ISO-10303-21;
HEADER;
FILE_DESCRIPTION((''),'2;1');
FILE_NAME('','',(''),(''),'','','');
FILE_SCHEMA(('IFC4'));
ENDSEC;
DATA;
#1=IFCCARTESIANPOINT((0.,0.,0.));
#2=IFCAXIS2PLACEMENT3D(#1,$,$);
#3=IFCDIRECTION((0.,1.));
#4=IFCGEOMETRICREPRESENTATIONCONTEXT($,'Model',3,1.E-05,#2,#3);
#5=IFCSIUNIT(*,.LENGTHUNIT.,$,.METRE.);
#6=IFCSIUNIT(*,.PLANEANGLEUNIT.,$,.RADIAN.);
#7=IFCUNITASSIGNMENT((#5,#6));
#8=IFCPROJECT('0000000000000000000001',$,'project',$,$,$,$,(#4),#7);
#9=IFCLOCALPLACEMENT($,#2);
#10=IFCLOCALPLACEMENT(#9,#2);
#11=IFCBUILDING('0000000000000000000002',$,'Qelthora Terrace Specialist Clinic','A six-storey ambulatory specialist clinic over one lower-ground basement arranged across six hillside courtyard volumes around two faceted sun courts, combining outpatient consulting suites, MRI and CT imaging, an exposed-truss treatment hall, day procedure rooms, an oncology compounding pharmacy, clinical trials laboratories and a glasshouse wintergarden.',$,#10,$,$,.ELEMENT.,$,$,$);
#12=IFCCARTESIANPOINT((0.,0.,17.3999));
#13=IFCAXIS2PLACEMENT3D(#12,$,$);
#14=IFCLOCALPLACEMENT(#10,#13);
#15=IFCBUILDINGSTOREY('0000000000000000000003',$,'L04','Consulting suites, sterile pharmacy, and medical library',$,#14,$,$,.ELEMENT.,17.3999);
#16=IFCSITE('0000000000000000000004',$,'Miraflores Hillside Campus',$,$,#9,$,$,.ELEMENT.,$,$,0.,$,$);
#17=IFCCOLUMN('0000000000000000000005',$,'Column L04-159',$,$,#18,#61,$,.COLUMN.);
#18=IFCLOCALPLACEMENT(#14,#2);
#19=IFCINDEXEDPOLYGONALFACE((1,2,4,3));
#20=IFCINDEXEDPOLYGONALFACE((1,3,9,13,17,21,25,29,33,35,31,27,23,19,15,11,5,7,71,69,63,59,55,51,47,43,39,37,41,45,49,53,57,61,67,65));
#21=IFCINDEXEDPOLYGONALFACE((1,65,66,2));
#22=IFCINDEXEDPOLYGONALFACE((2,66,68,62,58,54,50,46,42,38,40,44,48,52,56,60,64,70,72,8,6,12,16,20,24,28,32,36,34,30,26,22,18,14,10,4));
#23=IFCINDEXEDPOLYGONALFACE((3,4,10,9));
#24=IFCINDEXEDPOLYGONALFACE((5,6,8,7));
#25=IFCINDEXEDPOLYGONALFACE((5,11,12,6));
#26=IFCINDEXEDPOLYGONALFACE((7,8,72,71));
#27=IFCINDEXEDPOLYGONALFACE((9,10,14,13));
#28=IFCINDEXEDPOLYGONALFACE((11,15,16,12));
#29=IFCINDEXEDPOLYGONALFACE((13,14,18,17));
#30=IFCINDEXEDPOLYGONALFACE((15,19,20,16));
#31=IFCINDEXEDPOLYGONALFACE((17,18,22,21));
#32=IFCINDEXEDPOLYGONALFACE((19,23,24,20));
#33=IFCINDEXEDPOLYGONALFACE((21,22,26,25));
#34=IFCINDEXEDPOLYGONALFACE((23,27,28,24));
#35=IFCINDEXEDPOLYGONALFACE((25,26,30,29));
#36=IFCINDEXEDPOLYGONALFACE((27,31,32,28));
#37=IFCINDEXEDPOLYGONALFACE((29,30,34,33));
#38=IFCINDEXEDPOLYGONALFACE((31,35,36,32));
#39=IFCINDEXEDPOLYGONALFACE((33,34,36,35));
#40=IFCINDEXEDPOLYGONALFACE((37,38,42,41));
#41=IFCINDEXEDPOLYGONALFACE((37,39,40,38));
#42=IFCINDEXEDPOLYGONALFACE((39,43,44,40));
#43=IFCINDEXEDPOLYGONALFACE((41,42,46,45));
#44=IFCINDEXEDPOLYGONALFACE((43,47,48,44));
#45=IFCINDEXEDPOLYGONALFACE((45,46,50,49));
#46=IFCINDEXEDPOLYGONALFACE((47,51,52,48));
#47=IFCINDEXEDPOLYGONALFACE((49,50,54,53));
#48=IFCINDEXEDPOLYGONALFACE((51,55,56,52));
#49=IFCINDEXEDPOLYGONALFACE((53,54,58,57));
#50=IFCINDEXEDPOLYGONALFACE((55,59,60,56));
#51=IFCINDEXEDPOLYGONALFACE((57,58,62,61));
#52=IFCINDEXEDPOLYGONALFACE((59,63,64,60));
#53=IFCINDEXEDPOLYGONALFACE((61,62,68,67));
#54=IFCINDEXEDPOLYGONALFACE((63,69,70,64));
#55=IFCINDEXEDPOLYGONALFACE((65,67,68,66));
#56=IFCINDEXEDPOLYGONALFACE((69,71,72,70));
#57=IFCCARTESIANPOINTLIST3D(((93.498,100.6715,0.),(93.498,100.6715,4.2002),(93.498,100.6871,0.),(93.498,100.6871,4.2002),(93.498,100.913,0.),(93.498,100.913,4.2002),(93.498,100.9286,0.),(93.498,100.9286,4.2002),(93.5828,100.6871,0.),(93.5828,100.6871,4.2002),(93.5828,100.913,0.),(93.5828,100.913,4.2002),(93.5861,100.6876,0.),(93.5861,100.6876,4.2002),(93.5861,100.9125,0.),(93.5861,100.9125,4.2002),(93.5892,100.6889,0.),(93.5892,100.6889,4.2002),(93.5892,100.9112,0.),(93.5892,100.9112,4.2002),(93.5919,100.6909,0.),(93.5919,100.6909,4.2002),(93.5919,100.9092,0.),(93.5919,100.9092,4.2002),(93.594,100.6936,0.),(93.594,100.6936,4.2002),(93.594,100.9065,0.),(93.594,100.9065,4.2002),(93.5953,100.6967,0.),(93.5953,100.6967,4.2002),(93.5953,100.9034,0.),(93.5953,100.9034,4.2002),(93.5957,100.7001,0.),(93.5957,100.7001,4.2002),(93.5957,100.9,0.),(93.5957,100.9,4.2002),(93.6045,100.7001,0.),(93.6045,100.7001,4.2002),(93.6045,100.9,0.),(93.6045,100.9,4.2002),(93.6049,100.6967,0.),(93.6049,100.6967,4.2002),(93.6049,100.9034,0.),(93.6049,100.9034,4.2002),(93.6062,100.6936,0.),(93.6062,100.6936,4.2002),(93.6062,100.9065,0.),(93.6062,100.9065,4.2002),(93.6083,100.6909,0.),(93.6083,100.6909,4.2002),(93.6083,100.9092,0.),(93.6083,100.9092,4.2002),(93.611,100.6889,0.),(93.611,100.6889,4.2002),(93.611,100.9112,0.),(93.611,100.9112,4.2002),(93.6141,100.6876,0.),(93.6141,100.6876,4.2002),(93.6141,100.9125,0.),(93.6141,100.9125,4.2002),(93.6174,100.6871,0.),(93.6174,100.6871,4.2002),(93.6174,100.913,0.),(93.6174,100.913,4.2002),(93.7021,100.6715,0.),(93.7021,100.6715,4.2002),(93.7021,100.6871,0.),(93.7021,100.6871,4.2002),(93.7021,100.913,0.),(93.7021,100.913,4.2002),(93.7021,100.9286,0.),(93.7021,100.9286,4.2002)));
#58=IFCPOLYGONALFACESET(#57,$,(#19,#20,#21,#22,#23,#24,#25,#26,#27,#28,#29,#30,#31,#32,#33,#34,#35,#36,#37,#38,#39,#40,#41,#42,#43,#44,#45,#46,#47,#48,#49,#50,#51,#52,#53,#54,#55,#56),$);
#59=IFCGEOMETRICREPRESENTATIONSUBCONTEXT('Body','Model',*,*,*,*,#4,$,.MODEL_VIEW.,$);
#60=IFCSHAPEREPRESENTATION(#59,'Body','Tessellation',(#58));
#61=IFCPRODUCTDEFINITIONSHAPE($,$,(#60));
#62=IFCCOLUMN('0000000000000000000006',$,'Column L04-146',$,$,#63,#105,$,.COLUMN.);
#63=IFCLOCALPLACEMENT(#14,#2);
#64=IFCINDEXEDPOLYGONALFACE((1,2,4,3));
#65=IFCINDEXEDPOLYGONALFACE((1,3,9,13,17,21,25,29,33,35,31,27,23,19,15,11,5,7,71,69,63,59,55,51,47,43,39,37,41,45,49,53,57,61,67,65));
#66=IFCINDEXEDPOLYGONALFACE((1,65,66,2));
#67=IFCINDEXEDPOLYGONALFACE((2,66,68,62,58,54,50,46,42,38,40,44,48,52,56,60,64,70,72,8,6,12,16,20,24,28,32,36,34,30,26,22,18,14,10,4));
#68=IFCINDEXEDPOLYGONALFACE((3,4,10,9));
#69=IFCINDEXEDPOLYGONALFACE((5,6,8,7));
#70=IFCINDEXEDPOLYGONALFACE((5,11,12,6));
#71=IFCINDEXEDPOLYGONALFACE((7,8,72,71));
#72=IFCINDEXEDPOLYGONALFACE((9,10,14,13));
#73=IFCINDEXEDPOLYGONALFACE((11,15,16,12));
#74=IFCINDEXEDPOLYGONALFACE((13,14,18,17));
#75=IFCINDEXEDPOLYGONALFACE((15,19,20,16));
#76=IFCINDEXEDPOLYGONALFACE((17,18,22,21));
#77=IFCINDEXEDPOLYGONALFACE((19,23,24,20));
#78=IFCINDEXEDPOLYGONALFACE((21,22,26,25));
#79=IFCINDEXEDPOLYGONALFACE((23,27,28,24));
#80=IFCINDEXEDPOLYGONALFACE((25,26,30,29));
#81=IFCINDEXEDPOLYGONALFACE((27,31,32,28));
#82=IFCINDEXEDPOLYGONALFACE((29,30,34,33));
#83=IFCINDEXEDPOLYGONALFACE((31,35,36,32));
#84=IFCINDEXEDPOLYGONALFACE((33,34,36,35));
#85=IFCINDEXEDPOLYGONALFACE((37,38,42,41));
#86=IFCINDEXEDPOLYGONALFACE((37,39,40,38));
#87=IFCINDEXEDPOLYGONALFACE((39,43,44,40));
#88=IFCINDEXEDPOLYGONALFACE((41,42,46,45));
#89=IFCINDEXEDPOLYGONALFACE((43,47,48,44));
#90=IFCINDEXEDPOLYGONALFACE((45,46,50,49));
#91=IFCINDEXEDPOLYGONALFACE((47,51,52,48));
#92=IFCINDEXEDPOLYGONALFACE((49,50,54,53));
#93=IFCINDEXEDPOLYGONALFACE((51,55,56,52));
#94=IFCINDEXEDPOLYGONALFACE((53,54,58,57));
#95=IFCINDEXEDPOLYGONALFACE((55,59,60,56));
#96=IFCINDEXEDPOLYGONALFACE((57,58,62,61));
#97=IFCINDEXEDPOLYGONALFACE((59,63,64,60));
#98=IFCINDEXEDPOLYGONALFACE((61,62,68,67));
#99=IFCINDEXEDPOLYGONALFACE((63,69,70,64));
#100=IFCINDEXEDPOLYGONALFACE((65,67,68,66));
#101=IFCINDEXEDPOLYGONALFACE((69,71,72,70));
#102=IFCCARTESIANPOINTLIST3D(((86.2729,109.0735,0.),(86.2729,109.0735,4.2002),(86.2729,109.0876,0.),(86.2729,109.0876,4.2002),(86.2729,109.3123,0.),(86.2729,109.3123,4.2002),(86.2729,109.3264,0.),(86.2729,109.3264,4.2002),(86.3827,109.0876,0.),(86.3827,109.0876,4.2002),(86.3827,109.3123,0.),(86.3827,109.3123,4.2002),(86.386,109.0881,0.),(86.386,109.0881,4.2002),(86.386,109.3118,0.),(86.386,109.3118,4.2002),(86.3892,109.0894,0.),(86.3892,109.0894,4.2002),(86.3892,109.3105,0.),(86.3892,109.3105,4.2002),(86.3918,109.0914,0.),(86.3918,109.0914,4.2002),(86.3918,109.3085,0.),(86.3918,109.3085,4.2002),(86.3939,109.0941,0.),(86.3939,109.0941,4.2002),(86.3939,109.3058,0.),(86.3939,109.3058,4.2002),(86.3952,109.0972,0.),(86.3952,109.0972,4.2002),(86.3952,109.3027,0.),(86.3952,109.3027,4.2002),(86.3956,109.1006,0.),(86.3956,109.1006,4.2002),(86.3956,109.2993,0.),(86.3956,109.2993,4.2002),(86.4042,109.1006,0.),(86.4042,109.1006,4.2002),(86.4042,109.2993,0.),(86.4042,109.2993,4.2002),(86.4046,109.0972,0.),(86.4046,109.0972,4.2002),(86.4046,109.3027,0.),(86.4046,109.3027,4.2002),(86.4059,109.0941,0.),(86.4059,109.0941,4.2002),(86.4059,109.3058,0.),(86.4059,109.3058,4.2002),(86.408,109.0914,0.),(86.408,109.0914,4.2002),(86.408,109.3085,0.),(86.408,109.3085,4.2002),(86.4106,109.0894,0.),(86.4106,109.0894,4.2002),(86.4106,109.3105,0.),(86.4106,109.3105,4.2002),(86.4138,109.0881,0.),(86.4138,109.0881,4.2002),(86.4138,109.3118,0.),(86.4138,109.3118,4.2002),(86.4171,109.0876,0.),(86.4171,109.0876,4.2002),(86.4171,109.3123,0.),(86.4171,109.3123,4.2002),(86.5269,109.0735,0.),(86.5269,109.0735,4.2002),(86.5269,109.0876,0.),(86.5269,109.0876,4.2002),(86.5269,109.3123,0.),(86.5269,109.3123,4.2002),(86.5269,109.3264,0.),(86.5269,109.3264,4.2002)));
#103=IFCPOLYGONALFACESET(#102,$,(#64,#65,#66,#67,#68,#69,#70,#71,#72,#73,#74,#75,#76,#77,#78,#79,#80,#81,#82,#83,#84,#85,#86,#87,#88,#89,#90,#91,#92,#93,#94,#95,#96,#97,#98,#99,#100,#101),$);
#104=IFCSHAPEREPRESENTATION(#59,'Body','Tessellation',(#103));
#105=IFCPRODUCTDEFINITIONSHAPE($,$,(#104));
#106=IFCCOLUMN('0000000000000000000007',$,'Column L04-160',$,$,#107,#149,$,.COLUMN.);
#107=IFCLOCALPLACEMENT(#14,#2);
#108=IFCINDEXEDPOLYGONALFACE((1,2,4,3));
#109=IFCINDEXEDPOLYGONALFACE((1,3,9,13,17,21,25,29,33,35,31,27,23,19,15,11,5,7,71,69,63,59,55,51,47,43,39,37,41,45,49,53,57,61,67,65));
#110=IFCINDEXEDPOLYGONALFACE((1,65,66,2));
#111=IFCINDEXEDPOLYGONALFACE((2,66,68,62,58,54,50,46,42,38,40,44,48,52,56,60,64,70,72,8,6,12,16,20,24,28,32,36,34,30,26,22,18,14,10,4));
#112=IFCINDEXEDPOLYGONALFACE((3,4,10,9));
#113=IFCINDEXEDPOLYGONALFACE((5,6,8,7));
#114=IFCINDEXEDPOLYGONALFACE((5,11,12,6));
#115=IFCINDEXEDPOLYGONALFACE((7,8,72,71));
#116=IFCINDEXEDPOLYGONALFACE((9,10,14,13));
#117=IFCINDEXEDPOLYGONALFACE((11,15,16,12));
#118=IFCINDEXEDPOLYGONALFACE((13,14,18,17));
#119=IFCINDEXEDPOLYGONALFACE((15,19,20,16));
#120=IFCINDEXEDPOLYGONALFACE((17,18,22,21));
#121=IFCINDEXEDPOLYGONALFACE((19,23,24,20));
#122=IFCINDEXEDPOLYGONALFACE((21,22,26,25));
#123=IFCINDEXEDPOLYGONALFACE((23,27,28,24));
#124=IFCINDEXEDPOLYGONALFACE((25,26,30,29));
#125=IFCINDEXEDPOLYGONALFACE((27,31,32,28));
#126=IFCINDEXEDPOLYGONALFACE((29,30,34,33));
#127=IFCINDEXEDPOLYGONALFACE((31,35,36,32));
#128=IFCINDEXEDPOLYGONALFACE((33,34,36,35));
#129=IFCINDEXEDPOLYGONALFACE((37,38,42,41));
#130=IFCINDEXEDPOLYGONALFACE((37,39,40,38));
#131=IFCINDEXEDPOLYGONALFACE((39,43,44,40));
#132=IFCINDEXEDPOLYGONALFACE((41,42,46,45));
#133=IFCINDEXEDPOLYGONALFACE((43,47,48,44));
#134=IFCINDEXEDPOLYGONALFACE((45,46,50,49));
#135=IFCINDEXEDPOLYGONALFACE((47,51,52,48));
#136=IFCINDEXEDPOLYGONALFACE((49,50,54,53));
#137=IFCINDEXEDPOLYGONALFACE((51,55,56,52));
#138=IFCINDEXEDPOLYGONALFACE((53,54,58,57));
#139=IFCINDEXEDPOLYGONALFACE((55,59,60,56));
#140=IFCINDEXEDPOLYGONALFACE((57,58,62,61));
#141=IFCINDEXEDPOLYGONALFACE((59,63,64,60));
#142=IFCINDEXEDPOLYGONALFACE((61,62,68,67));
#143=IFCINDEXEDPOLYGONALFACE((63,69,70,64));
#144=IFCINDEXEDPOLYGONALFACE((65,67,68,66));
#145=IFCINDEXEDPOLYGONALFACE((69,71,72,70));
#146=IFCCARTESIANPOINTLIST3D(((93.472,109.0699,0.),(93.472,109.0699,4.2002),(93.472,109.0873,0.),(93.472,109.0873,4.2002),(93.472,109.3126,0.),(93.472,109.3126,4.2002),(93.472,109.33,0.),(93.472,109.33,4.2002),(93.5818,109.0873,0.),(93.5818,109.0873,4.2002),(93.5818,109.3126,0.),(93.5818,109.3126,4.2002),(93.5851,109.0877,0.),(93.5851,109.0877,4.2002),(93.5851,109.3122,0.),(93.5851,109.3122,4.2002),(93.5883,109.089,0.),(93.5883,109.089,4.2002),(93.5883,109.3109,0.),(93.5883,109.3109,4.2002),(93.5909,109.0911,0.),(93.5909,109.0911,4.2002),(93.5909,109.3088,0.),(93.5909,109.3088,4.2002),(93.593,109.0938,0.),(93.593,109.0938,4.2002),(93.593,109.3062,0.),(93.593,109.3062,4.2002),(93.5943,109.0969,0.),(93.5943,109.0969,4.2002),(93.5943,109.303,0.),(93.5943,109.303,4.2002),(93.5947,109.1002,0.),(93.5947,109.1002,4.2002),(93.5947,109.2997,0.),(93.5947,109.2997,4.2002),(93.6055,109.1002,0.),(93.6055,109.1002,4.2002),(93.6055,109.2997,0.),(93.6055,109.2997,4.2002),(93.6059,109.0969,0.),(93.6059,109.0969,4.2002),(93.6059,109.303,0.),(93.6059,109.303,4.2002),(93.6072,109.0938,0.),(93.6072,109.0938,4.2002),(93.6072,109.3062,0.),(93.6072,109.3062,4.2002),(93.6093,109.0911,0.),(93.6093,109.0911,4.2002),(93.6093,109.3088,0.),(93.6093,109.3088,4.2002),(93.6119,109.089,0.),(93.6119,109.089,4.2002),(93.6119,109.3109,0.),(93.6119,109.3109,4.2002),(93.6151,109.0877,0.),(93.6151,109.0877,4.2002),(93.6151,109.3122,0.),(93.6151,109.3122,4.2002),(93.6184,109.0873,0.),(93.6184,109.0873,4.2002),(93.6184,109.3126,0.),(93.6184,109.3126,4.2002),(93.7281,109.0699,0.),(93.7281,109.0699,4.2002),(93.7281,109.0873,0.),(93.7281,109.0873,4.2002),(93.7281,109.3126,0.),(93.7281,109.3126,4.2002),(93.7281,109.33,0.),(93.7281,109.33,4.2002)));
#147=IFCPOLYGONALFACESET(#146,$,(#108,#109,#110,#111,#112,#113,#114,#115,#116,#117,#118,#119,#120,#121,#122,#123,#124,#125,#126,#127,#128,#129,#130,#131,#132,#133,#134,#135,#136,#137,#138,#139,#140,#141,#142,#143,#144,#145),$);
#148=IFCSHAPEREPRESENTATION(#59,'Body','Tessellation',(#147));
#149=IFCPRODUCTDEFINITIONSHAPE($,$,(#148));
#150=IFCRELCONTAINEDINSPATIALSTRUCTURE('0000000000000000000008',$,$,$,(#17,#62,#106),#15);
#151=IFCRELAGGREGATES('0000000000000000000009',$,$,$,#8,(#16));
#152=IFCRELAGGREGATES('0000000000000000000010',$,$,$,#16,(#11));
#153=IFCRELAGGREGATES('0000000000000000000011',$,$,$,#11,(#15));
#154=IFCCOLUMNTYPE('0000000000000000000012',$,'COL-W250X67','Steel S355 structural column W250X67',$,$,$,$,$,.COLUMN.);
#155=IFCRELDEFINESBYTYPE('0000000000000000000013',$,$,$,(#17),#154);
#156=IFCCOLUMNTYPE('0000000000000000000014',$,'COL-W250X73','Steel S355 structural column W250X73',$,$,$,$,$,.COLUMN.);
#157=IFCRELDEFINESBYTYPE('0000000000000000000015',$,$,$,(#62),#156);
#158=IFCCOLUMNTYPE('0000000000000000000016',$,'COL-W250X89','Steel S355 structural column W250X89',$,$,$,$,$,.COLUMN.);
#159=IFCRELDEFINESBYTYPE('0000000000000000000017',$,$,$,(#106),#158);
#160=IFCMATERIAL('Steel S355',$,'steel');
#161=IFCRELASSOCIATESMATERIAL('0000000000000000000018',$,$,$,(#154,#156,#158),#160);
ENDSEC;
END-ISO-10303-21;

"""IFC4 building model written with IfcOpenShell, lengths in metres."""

from ifc_helpers import new_model, si_unit, direction, frame, origin, origin_2d, place, context, subcontext, project, spatial, i_section, extrude, material, material_profile, profile_set, type_object, element, save


model = new_model("IFC4")

# Units and contexts
model_context = context("Model", 3, precision=1e-05, world=origin(), true_north=direction((0.0, 1.0)))
body_context = subcontext(model_context, "Body", "Model", "MODEL_VIEW")
ifc_project = project(units=[si_unit("LENGTHUNIT", "METRE"), si_unit("PLANEANGLEUNIT", "RADIAN")], contexts=[model_context])

# Site, building, storey
site_placement = place(None, origin())
site = spatial("IfcSite", under=ifc_project, at=site_placement, Name="Miraflores Hillside Campus", CompositionType="ELEMENT", RefElevation=0.0)
building_placement = place(site_placement, origin())
building = spatial("IfcBuilding", under=site, at=building_placement, Name="Qelthora Terrace Specialist Clinic", Description="A six-storey ambulatory specialist clinic over one lower-ground basement arranged across six hillside courtyard volumes around two faceted sun courts, combining outpatient consulting suites, MRI and CT imaging, an exposed-truss treatment hall, day procedure rooms, an oncology compounding pharmacy, clinical trials laboratories and a glasshouse wintergarden.", CompositionType="ELEMENT")
storey_placement = place(building_placement, frame((0.0, 0.0, 17.3999)))
storey = spatial("IfcBuildingStorey", under=building, at=storey_placement, Name="L04", Description="Consulting suites, sterile pharmacy, and medical library", CompositionType="ELEMENT", Elevation=17.3999)

# Columns
ifc_material_1 = material(Name="Steel S355", Category="steel")
ifc_material_profile_1 = material_profile(ifc_material_1, i_section(OverallWidth=0.2041, OverallDepth=0.2571, WebThickness=0.0088, FlangeThickness=0.0156, FilletRadius=0.0129, at=origin_2d()), Name="W250X67")
ifc_profile_set_1 = profile_set([ifc_material_profile_1], Name="Steel S355")
column_type_1 = type_object("IfcColumnType", Name="COL-W250X67", Description="Steel S355 structural column W250X67", PredefinedType="COLUMN", material=ifc_profile_set_1)
column_1_placement = place(storey_placement, frame((93.6001, 100.8, 0.0), z_axis=(0.0, 0.0, 1.0), x_axis=(1.0, 0.0, 0.0)))
element("IfcColumn", 1, at=column_1_placement, inside=storey, type_object=column_type_1, Name="Column L04-159", PredefinedType="COLUMN", context=body_context, shape_type="SweptSolid", body=[
    extrude(i_section(OverallWidth=0.2041, OverallDepth=0.2571, WebThickness=0.0088, FlangeThickness=0.0156, FilletRadius=0.0129, at=origin_2d()), origin(), (0.0, 0.0, 1.0), 4.2002),
])
ifc_material_profile_2 = material_profile(ifc_material_1, i_section(OverallWidth=0.2539, OverallDepth=0.2529, WebThickness=0.0085, FlangeThickness=0.0142, FilletRadius=0.0129, at=origin_2d()), Name="W250X73")
ifc_profile_set_2 = profile_set([ifc_material_profile_2], Name="Steel S355")
column_type_2 = type_object("IfcColumnType", Name="COL-W250X73", Description="Steel S355 structural column W250X73", PredefinedType="COLUMN", material=ifc_profile_set_2)
column_2_placement = place(storey_placement, frame((86.3999, 109.2, 0.0), z_axis=(0.0, 0.0, 1.0), x_axis=(1.0, 0.0, 0.0)))
element("IfcColumn", 2, at=column_2_placement, inside=storey, type_object=column_type_2, Name="Column L04-146", PredefinedType="COLUMN", context=body_context, shape_type="SweptSolid", body=[
    extrude(i_section(OverallWidth=0.2539, OverallDepth=0.2529, WebThickness=0.0085, FlangeThickness=0.0142, FilletRadius=0.0129, at=origin_2d()), origin(), (0.0, 0.0, 1.0), 4.2002),
])
ifc_material_profile_3 = material_profile(ifc_material_1, i_section(OverallWidth=0.2561, OverallDepth=0.26, WebThickness=0.0107, FlangeThickness=0.0173, FilletRadius=0.0129, at=origin_2d()), Name="W250X89")
ifc_profile_set_3 = profile_set([ifc_material_profile_3], Name="Steel S355")
column_type_3 = type_object("IfcColumnType", Name="COL-W250X89", Description="Steel S355 structural column W250X89", PredefinedType="COLUMN", material=ifc_profile_set_3)
column_3_placement = place(storey_placement, frame((93.6001, 109.2, 0.0), z_axis=(0.0, 0.0, 1.0), x_axis=(1.0, 0.0, 0.0)))
element("IfcColumn", 3, at=column_3_placement, inside=storey, type_object=column_type_3, Name="Column L04-160", PredefinedType="COLUMN", context=body_context, shape_type="SweptSolid", body=[
    extrude(i_section(OverallWidth=0.2561, OverallDepth=0.26, WebThickness=0.0107, FlangeThickness=0.0173, FilletRadius=0.0129, at=origin_2d()), origin(), (0.0, 0.0, 1.0), 4.2002),
])

save(model, "model.ifc")
